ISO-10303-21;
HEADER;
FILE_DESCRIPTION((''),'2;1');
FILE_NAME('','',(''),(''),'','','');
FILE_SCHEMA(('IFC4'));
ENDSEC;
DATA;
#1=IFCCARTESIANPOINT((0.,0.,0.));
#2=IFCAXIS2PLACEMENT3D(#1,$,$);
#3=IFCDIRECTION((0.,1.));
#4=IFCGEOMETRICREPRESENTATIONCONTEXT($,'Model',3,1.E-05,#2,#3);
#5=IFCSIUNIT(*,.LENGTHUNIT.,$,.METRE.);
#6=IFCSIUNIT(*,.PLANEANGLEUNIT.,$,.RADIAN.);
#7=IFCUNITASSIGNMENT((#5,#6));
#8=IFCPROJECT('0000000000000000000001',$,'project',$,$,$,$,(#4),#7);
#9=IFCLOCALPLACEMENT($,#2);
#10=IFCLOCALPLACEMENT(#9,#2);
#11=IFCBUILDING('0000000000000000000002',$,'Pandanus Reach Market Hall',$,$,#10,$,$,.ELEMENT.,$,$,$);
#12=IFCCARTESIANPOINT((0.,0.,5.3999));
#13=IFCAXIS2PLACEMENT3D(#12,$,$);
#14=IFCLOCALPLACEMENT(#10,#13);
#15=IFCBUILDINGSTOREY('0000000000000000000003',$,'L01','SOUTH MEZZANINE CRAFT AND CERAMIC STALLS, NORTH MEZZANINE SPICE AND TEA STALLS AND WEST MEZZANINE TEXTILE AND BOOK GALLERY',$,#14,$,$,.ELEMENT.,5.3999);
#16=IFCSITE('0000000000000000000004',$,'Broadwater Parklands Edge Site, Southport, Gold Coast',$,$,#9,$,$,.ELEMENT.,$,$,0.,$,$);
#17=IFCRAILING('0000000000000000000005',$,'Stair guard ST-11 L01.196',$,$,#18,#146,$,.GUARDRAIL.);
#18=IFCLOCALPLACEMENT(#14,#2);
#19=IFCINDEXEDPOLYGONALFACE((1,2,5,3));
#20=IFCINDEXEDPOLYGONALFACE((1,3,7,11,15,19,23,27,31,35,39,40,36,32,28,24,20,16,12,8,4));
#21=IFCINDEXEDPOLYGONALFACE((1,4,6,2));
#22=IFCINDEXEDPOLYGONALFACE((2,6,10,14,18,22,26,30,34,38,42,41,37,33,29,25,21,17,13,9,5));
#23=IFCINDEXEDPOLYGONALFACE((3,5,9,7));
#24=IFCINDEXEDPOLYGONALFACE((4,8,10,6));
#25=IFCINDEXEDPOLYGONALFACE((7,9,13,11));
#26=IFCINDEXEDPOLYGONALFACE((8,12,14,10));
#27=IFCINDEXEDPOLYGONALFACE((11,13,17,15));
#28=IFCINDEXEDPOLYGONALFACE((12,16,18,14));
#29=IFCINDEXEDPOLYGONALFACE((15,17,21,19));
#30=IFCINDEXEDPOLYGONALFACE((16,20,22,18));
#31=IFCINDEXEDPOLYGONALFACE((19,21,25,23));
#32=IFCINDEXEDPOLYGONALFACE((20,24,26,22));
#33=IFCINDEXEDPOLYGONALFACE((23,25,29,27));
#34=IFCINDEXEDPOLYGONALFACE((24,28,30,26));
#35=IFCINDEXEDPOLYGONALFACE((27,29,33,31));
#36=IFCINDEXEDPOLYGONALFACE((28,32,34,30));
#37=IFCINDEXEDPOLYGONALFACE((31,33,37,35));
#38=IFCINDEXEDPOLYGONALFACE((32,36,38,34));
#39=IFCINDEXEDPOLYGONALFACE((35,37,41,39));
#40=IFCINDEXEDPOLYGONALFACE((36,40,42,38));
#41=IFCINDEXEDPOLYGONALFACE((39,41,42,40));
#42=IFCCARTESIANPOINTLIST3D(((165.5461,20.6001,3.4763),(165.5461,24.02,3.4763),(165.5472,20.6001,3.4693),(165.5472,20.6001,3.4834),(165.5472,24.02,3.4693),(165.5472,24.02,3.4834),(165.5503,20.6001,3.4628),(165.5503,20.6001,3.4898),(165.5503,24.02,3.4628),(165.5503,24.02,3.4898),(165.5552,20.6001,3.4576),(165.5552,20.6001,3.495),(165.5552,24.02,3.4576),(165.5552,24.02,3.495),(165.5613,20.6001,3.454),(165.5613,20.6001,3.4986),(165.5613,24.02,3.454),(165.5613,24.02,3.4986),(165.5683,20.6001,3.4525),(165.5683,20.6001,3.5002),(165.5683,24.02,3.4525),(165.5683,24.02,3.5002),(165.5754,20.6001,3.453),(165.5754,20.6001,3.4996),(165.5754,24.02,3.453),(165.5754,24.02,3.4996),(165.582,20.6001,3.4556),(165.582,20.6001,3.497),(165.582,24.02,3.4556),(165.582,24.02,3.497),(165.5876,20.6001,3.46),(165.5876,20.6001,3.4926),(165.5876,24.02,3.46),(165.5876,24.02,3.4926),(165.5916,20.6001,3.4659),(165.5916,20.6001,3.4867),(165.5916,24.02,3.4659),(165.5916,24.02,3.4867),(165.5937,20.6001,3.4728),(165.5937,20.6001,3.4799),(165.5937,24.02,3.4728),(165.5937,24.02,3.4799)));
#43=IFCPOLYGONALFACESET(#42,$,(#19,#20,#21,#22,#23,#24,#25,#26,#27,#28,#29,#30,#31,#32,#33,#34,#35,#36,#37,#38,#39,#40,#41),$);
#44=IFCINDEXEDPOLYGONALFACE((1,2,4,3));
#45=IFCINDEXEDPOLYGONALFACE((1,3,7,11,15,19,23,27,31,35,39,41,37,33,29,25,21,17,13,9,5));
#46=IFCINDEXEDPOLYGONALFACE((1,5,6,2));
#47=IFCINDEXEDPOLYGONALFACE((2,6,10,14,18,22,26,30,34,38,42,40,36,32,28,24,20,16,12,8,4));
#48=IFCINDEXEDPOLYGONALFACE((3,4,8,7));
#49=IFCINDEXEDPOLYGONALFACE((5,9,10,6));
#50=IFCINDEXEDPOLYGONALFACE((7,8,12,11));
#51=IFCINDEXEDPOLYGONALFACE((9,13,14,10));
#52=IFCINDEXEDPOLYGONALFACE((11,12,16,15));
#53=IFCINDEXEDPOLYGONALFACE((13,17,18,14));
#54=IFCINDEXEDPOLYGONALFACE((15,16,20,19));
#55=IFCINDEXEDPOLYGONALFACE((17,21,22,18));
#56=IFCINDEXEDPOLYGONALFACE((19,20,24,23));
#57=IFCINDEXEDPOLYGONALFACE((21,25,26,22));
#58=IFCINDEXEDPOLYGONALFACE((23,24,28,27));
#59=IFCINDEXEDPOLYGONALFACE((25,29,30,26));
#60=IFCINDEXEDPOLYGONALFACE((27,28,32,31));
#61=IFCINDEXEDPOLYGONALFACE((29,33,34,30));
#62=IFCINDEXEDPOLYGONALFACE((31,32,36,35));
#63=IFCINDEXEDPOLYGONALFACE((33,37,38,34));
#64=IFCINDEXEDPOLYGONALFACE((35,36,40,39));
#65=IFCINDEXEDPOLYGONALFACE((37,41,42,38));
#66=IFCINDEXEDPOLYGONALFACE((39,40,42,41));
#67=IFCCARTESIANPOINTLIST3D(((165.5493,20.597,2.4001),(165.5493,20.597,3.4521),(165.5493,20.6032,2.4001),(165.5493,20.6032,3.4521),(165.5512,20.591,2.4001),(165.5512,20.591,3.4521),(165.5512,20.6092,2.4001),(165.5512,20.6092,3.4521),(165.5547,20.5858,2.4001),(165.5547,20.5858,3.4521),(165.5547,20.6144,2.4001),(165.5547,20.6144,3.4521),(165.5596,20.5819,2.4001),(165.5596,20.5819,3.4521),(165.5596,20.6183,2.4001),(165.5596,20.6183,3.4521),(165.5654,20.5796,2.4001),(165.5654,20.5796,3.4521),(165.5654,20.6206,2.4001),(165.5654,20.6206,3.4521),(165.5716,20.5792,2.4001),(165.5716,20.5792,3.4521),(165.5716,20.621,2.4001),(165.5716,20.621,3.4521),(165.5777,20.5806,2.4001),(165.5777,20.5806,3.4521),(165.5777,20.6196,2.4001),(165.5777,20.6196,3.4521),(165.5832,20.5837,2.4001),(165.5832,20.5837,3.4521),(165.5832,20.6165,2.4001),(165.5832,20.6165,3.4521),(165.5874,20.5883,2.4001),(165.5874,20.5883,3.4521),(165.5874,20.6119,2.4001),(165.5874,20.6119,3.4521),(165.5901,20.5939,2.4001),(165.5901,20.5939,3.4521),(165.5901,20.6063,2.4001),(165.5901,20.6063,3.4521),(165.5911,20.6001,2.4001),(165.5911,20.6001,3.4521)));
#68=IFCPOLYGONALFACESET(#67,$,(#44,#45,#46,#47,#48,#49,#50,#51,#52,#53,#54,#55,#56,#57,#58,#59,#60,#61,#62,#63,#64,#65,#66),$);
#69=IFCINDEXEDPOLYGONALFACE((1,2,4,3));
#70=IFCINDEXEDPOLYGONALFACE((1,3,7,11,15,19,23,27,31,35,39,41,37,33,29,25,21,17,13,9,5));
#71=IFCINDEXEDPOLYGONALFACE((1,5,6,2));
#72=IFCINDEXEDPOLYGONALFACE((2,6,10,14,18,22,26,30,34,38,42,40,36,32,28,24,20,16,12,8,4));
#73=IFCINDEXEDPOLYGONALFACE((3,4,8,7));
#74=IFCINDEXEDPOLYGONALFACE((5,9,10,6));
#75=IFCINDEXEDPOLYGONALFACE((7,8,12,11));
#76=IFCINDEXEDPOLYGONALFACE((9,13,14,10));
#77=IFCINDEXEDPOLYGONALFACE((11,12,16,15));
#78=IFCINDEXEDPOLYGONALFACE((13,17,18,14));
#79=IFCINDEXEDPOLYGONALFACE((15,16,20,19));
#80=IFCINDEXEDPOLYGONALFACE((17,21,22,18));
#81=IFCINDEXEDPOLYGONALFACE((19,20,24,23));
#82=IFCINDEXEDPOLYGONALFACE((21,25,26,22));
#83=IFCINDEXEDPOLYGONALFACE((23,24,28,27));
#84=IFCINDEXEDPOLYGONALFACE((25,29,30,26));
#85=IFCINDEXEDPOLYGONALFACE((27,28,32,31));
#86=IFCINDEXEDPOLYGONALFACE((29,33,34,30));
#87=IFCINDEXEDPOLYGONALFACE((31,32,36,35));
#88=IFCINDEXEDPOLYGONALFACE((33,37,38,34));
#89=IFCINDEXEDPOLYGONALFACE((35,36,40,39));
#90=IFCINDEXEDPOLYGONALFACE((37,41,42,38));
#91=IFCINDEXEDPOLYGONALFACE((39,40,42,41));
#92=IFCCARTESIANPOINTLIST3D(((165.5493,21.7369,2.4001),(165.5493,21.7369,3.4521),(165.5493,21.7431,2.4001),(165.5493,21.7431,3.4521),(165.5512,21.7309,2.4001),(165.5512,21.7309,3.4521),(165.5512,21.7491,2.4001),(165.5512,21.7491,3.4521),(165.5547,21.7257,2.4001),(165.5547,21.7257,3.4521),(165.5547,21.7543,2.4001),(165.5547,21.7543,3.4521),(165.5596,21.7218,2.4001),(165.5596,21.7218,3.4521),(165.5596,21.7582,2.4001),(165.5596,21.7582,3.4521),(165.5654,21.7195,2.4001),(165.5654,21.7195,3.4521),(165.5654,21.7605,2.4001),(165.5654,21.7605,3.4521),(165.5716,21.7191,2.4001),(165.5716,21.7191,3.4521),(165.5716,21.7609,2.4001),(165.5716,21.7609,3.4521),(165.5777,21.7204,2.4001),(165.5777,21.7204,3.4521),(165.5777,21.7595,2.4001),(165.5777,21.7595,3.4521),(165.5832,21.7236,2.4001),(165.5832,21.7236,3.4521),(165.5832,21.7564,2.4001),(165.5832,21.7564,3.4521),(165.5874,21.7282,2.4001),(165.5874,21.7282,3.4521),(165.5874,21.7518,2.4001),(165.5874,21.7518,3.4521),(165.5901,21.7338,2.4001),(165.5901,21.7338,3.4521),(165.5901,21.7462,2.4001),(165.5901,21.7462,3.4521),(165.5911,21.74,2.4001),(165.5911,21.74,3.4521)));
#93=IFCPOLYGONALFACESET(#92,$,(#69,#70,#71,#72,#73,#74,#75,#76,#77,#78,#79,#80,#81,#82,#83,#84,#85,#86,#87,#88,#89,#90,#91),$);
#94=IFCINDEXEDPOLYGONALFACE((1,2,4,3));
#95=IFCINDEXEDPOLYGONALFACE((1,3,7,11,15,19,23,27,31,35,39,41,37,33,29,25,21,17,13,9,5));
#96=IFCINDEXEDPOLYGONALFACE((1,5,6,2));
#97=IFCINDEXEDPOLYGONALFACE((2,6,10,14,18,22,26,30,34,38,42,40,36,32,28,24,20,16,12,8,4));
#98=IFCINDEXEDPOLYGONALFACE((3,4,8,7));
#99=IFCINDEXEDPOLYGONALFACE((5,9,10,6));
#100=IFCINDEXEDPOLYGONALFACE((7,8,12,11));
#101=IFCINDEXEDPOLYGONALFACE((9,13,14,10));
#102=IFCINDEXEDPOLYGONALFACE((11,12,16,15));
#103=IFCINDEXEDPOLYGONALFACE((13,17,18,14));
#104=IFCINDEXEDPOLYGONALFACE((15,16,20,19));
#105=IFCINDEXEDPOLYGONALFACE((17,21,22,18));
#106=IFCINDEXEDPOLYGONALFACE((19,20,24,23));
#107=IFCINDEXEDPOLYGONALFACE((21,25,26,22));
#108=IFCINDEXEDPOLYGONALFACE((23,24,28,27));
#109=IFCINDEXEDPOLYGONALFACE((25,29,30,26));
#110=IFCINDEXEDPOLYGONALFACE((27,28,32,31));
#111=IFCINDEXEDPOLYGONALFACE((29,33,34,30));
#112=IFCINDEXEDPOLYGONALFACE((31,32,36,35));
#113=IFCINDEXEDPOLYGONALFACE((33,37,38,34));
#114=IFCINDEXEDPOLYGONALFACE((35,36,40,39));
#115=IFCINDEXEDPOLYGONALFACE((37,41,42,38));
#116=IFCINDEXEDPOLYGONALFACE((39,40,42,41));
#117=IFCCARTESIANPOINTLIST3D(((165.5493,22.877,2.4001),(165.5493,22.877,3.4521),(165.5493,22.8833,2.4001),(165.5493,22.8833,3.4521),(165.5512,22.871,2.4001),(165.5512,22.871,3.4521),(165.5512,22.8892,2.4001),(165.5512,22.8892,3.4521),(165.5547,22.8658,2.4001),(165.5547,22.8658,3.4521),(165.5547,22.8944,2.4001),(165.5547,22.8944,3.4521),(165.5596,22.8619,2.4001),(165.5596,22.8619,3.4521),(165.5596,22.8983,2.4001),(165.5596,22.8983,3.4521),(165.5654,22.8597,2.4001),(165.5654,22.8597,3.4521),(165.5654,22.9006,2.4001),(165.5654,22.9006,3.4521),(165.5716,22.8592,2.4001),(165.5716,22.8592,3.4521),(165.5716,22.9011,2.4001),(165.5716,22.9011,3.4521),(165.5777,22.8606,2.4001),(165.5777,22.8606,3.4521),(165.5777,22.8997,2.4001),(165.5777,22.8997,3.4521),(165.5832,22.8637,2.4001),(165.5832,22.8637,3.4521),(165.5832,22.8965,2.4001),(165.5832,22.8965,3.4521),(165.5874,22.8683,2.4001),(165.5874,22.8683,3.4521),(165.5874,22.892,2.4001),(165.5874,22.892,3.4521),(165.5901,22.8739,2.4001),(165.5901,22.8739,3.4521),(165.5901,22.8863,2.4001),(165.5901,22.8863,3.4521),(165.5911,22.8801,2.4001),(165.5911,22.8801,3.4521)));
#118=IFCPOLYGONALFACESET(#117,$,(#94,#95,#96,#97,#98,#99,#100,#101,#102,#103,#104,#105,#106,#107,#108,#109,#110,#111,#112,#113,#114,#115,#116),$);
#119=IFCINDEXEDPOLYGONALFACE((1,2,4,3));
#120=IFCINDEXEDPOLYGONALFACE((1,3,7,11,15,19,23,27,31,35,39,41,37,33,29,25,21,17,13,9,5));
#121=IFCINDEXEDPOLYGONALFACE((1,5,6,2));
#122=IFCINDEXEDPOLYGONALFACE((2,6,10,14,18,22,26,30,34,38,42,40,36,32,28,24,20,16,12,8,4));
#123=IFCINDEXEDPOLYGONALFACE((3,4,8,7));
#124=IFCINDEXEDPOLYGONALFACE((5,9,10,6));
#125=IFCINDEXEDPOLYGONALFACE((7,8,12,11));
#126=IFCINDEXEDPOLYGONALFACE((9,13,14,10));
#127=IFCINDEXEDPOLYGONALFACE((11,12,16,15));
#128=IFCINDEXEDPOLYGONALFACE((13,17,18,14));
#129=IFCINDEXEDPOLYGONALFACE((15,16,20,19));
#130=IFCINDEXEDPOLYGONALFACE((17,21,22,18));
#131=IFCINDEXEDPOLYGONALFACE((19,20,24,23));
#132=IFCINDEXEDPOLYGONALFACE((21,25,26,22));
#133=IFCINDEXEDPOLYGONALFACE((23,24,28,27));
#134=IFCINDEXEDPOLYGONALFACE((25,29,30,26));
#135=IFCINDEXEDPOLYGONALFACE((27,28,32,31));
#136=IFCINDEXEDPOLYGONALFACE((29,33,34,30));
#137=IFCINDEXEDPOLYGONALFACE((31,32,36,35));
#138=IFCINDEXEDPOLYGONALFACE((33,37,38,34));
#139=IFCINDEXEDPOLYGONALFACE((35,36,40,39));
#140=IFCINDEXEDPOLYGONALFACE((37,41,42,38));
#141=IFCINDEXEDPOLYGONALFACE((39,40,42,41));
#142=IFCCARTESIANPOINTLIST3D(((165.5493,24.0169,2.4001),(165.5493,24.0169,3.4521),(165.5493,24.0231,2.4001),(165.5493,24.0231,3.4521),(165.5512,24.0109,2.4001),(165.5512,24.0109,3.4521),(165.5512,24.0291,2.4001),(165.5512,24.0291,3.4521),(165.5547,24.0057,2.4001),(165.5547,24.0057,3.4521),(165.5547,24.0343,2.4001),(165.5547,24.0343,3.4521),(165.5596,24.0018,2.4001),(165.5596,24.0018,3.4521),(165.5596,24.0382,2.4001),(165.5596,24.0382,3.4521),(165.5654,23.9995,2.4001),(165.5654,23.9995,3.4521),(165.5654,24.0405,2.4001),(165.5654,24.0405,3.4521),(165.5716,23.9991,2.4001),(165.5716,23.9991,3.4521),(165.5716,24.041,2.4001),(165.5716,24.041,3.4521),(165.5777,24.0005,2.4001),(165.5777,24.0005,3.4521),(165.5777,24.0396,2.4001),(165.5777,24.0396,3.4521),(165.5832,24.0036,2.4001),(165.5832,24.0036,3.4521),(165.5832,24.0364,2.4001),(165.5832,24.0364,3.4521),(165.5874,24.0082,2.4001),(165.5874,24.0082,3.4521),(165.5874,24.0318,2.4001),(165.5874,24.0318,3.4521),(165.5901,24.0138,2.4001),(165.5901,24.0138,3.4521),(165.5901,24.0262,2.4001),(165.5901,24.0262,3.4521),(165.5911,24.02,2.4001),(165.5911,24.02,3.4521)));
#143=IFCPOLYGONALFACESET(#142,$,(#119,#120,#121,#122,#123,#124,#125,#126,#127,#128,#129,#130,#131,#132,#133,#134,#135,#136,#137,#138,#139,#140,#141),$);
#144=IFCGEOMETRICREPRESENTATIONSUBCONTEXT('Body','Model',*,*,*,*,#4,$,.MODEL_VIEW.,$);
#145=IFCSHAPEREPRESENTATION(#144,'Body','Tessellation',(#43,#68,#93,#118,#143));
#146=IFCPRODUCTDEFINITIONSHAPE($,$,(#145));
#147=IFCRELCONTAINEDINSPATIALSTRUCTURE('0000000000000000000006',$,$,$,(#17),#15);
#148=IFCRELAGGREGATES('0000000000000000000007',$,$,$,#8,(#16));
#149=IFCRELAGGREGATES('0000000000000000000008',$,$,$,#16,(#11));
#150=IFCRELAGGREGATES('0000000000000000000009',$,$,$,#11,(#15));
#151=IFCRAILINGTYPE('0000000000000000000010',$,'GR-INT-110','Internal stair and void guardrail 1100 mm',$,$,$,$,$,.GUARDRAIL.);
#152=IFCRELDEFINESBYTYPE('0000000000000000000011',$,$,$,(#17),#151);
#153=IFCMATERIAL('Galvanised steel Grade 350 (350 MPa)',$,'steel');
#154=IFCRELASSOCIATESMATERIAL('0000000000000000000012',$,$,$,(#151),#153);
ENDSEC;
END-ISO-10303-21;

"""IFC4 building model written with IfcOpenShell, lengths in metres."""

from ifc_helpers import new_model, si_unit, direction, frame, origin, origin_2d, place, context, subcontext, project, spatial, circle, extrude, material, type_object, element, save


model = new_model("IFC4")

# Units and contexts
model_context = context("Model", 3, precision=1e-05, world=origin(), true_north=direction((0.0, 1.0)))
body_context = subcontext(model_context, "Body", "Model", "MODEL_VIEW")
ifc_project = project(units=[si_unit("LENGTHUNIT", "METRE"), si_unit("PLANEANGLEUNIT", "RADIAN")], contexts=[model_context])

# Site, building, storey
site_placement = place(None, origin())
site = spatial("IfcSite", under=ifc_project, at=site_placement, Name="Broadwater Parklands Edge Site, Southport, Gold Coast", CompositionType="ELEMENT", RefElevation=0.0)
building_placement = place(site_placement, origin())
building = spatial("IfcBuilding", under=site, at=building_placement, Name="Pandanus Reach Market Hall", CompositionType="ELEMENT")
storey_placement = place(building_placement, frame((0.0, 0.0, 5.3999)))
storey = spatial("IfcBuildingStorey", under=building, at=storey_placement, Name="L01", Description="SOUTH MEZZANINE CRAFT AND CERAMIC STALLS, NORTH MEZZANINE SPICE AND TEA STALLS AND WEST MEZZANINE TEXTILE AND BOOK GALLERY", CompositionType="ELEMENT", Elevation=5.3999)

# Railing
ifc_material_1 = material(Name="Galvanised steel Grade 350 (350 MPa)", Category="steel")
railing_type_1 = type_object("IfcRailingType", Name="GR-INT-110", Description="Internal stair and void guardrail 1100 mm", PredefinedType="GUARDRAIL", material=ifc_material_1)
railing_1_placement = place(storey_placement, frame((165.5701, 20.6001, 2.4001)))
element("IfcRailing", 1, at=railing_1_placement, inside=storey, type_object=railing_type_1, Name="Stair guard ST-11 L01.196", PredefinedType="GUARDRAIL", context=body_context, shape_type="SweptSolid", body=[
    extrude(circle(Radius=0.0239, at=origin_2d()), frame((0.0, 0.0, 1.0762), z_axis=(0.0, 1.0, 0.0), x_axis=(-1.0, 0.0, 0.0)), (0.0, 0.0, 1.0), 3.4199),
    extrude(circle(Radius=0.021, at=origin_2d()), origin(), (0.0, 0.0, 1.0), 1.052),
    extrude(circle(Radius=0.021, at=origin_2d()), frame((0.0, 1.1399, 0.0)), (0.0, 0.0, 1.0), 1.052),
    extrude(circle(Radius=0.021, at=origin_2d()), frame((0.0, 2.28, 0.0)), (0.0, 0.0, 1.0), 1.052),
    extrude(circle(Radius=0.021, at=origin_2d()), frame((0.0, 3.4199, 0.0)), (0.0, 0.0, 1.0), 1.052),
])

save(model, "model.ifc")
